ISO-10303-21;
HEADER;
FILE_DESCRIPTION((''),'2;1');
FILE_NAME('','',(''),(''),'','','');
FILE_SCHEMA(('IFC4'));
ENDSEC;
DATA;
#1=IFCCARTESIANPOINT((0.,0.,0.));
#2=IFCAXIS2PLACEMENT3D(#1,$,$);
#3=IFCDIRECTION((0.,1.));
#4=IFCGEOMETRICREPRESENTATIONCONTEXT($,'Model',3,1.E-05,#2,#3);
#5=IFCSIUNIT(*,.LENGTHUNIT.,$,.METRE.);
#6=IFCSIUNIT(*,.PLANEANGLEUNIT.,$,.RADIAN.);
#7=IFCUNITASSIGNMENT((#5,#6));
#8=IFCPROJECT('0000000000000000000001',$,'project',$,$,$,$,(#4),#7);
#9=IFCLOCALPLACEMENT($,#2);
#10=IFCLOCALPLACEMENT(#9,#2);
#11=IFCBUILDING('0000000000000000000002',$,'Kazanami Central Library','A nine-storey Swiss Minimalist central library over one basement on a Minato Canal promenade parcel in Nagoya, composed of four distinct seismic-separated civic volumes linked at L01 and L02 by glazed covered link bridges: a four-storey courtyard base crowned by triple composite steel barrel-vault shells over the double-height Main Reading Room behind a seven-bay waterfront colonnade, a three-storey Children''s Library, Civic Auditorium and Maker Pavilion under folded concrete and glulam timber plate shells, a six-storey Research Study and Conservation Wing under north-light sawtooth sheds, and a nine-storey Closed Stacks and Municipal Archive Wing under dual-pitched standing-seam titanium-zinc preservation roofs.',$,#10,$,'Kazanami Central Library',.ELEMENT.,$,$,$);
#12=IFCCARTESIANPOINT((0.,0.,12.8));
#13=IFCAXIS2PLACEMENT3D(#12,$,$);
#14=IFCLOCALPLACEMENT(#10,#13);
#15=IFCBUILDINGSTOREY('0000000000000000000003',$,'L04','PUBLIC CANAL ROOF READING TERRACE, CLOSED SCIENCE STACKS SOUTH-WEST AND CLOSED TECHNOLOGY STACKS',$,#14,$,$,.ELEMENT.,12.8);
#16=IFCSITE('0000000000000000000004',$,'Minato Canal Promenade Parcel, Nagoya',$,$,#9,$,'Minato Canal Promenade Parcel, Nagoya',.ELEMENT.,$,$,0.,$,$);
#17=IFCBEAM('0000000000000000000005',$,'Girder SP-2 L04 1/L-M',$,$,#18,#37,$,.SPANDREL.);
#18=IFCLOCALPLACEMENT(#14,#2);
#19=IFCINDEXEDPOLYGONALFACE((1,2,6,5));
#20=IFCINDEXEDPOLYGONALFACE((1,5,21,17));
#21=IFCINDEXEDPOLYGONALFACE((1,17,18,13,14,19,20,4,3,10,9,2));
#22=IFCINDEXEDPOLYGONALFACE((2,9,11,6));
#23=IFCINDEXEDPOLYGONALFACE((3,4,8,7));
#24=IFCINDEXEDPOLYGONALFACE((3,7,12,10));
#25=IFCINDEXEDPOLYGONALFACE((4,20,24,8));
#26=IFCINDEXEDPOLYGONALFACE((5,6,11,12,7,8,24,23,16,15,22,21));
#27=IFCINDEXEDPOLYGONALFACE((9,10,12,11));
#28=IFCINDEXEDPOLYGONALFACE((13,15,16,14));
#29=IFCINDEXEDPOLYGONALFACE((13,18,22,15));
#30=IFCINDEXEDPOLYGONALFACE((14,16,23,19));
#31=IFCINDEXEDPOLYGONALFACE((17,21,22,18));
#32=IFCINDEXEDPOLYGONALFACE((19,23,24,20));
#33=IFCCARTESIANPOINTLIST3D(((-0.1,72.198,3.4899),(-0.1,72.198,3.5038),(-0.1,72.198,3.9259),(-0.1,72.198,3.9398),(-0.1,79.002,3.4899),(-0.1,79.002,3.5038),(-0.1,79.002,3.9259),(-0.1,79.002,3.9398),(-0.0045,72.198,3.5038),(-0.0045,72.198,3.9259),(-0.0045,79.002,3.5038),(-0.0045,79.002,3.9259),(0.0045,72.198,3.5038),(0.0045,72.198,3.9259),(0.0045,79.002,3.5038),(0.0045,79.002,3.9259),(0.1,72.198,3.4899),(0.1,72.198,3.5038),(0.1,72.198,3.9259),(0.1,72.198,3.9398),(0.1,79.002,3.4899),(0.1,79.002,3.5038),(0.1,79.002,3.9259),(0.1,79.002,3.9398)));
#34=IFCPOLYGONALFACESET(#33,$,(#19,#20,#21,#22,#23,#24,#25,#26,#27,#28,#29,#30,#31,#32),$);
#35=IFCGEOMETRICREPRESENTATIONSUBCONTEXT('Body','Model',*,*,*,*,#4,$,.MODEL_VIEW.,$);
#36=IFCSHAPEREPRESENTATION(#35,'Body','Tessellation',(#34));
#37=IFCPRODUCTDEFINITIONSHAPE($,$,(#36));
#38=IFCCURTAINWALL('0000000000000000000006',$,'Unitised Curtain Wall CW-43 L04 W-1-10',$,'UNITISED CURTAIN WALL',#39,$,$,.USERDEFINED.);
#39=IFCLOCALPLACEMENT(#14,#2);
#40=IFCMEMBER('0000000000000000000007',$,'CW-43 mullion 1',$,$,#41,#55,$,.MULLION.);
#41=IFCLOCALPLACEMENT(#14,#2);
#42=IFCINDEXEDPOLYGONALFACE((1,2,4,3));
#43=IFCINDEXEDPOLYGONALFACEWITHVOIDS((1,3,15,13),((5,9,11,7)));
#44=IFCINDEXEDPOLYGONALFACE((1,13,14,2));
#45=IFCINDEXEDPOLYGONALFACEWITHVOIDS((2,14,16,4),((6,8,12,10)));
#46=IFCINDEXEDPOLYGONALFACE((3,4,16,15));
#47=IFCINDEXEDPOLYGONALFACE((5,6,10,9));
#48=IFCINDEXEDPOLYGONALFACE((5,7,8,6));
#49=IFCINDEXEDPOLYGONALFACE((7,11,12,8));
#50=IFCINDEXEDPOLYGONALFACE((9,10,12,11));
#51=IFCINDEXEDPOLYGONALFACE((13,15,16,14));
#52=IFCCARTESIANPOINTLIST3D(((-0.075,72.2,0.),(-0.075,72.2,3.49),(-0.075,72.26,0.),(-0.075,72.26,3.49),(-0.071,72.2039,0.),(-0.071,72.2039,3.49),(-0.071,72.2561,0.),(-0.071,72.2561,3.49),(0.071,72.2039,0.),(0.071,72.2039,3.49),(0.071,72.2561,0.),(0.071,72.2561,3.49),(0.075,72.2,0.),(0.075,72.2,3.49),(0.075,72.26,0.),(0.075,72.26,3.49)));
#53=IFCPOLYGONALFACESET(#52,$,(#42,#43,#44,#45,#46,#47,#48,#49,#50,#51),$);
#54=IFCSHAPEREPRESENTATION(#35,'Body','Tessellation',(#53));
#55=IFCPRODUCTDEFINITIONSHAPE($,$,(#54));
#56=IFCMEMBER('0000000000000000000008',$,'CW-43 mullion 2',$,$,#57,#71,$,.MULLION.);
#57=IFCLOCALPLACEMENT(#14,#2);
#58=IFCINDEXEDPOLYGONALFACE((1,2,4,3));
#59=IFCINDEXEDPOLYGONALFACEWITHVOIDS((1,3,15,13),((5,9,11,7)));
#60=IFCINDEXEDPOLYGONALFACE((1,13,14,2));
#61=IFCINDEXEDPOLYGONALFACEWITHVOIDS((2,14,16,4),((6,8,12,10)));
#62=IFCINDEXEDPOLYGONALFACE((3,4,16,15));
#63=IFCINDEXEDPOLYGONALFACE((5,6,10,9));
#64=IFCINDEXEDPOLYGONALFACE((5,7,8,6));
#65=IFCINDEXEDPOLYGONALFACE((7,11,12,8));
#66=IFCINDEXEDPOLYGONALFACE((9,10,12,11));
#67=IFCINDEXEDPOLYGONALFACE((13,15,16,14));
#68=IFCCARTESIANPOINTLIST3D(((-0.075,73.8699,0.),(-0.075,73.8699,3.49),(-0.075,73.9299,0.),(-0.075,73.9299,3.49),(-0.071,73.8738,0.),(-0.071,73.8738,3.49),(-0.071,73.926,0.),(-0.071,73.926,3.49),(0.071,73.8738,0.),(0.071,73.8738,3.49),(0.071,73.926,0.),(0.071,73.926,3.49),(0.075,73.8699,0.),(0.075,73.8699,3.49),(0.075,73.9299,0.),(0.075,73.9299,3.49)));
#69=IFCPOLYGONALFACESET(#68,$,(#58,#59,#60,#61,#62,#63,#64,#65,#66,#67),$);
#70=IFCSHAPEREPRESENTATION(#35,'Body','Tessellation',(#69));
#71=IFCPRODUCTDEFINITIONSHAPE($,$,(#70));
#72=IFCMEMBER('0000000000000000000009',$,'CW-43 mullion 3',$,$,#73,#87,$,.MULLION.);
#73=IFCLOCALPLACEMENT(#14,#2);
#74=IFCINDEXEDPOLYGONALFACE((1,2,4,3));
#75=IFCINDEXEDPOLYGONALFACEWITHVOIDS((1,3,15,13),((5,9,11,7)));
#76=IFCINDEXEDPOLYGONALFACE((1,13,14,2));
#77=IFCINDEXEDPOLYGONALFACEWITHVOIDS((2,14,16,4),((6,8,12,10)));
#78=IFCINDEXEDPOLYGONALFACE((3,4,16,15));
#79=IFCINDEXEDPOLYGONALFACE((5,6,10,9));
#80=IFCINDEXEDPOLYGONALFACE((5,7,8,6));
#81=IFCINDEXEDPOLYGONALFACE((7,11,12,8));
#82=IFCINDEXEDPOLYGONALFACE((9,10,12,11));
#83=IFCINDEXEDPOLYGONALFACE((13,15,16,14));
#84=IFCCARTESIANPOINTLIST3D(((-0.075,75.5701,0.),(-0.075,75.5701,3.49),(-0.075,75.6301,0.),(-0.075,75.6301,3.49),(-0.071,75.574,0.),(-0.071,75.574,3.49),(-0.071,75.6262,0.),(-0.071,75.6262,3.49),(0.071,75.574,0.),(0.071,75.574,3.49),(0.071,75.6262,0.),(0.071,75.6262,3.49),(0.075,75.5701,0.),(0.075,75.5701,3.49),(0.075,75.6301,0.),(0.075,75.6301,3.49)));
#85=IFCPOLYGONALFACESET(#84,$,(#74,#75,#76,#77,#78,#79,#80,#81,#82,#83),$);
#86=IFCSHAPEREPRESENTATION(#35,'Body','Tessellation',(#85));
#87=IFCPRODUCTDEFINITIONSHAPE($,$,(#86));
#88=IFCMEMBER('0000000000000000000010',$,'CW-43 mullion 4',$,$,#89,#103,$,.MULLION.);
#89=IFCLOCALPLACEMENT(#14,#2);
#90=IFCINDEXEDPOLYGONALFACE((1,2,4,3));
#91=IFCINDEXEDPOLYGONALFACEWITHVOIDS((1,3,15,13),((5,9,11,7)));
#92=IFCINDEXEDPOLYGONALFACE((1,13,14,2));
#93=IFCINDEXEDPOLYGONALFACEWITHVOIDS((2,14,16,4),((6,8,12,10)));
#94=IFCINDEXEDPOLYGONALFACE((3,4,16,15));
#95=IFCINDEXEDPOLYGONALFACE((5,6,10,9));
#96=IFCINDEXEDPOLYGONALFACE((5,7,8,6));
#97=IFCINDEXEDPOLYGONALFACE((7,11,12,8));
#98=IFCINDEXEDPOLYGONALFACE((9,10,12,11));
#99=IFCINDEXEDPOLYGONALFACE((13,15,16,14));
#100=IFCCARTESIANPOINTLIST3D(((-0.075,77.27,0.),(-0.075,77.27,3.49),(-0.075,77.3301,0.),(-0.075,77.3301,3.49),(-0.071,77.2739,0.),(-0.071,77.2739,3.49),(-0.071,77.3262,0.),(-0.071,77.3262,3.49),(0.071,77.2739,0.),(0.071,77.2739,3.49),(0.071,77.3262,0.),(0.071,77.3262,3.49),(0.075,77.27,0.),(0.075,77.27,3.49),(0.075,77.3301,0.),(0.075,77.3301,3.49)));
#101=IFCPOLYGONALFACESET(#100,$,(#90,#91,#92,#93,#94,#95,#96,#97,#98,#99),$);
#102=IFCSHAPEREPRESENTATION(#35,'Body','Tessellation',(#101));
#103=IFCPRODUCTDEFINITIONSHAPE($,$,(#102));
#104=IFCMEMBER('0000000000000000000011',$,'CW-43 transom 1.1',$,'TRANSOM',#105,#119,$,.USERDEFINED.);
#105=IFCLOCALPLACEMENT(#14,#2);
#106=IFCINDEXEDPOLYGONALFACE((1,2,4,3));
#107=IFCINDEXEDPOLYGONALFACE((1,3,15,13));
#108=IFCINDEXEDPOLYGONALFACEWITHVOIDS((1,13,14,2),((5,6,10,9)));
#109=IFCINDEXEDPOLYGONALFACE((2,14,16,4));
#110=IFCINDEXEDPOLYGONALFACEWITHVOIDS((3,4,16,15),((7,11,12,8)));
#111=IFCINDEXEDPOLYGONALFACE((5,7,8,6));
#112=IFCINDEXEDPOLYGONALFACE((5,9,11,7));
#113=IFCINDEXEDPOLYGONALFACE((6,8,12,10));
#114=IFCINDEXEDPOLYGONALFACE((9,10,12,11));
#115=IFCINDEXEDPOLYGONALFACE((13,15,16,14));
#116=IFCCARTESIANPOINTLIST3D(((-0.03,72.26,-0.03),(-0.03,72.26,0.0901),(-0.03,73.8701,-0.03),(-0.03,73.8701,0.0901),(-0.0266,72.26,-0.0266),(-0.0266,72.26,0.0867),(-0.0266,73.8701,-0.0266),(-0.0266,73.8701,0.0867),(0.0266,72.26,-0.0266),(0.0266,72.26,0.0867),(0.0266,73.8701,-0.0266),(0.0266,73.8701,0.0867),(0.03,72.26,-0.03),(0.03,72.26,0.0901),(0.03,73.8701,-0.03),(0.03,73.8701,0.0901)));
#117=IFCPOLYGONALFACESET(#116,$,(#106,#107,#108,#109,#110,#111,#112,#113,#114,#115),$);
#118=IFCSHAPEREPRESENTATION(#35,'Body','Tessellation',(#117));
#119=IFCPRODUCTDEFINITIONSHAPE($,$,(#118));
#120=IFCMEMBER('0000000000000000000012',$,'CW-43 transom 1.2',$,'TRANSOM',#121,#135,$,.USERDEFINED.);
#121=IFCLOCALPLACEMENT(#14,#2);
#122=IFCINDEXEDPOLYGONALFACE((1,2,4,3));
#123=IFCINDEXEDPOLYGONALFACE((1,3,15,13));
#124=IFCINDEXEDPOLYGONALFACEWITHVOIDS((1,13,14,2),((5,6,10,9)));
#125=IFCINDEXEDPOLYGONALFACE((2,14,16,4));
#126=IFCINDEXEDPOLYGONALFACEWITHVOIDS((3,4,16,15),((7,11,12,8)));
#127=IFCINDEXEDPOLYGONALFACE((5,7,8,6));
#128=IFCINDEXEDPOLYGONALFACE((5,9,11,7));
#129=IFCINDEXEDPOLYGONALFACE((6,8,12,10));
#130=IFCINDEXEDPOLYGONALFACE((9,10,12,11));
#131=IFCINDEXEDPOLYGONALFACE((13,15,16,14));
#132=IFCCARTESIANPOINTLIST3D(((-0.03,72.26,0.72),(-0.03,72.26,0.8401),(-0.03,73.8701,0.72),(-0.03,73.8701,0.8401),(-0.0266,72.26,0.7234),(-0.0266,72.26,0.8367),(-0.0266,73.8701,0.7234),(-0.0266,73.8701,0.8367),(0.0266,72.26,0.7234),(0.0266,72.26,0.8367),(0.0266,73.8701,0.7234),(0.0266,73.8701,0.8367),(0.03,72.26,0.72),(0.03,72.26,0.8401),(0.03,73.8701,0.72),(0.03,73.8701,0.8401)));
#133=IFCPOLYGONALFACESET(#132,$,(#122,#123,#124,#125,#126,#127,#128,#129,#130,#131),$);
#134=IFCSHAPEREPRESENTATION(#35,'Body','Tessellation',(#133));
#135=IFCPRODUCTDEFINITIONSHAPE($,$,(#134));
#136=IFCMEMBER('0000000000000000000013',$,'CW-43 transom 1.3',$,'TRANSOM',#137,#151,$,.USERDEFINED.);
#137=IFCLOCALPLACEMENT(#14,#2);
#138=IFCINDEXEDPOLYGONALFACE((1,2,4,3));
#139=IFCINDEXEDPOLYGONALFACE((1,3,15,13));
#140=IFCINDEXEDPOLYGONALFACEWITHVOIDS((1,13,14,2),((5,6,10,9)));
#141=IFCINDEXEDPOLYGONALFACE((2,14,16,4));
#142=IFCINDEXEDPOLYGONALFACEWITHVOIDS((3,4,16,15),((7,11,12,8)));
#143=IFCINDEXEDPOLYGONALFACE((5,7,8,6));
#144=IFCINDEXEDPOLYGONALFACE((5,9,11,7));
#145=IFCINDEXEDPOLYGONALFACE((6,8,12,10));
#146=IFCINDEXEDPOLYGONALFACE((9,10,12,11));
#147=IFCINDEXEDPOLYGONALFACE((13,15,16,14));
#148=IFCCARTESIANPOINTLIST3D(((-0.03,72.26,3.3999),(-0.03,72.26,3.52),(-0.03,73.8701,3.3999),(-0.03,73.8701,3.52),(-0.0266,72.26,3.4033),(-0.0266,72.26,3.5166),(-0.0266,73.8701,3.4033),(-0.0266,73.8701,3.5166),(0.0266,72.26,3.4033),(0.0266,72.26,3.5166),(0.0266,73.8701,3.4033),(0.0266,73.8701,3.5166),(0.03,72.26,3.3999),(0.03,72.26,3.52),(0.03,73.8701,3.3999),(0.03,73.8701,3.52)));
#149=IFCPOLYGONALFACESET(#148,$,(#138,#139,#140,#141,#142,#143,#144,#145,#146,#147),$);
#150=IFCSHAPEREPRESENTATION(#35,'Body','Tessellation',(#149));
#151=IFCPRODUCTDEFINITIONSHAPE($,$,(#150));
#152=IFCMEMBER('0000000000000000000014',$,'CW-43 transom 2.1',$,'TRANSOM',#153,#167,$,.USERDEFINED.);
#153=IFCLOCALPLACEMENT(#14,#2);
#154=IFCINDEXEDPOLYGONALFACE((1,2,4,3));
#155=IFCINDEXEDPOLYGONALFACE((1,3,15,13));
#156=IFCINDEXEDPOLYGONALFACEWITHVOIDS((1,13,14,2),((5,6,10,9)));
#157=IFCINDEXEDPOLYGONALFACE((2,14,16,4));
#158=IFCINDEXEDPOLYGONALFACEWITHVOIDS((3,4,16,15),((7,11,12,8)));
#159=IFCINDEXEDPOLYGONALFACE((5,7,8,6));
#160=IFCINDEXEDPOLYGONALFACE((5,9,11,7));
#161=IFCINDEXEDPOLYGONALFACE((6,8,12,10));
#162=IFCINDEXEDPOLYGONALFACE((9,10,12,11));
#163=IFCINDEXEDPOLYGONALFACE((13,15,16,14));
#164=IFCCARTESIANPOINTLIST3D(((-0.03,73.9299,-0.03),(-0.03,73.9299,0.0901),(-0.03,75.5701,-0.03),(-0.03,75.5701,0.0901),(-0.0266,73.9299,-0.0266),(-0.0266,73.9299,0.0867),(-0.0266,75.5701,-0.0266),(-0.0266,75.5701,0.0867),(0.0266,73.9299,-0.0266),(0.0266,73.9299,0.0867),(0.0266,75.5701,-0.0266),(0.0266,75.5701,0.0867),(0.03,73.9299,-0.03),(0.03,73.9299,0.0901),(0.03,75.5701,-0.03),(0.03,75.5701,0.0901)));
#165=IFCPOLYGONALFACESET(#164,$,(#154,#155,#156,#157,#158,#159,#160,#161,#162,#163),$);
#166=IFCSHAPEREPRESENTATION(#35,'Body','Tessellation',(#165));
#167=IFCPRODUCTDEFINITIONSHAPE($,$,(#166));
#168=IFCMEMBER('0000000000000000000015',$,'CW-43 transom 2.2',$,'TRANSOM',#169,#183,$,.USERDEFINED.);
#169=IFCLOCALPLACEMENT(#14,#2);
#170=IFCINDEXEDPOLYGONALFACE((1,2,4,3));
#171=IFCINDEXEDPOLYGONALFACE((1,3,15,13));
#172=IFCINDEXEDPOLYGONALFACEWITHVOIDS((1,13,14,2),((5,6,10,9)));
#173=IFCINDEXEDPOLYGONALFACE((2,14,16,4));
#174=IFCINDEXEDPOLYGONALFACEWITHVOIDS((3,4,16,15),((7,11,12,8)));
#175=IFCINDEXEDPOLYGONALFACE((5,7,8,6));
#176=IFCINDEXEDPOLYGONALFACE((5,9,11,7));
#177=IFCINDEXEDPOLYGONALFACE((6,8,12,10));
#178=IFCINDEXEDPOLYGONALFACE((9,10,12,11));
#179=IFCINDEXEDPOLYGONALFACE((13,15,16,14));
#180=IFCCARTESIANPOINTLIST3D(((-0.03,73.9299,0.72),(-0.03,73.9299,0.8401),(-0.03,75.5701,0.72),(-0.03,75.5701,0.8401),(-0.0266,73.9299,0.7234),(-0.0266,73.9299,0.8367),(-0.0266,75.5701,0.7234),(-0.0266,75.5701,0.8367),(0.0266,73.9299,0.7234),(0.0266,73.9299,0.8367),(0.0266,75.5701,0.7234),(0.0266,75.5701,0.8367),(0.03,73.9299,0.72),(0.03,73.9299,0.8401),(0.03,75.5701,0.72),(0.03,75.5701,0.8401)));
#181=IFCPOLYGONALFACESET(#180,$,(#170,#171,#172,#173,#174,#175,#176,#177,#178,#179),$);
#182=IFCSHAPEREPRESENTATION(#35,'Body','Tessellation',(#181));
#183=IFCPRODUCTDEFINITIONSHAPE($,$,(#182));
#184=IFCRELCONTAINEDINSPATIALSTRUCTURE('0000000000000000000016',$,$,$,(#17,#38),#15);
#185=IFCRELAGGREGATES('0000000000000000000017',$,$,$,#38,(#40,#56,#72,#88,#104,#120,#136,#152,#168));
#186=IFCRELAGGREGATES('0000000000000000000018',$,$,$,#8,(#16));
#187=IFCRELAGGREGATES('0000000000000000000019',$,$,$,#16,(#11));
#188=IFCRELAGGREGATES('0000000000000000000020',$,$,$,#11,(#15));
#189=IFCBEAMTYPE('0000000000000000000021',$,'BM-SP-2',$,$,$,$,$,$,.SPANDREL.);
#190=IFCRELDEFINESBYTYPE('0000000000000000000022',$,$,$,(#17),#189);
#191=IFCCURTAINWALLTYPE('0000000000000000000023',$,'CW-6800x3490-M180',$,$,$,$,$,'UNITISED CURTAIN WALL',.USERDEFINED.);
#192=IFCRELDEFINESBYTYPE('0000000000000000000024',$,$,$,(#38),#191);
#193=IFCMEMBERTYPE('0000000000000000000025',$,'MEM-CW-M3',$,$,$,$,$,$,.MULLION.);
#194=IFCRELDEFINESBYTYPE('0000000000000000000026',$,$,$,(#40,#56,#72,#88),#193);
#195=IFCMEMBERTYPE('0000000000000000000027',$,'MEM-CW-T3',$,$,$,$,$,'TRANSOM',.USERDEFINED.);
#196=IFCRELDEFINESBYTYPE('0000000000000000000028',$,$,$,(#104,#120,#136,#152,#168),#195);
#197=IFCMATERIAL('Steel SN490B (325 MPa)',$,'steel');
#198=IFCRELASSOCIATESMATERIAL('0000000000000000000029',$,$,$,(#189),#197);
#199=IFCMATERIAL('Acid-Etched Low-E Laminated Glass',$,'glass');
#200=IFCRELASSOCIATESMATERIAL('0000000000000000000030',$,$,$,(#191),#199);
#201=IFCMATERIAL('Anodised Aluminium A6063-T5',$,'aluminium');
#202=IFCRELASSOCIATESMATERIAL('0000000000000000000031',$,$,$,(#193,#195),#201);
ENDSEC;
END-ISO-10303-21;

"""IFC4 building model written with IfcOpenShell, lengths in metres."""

from ifc_helpers import new_model, si_unit, direction, frame, origin, origin_2d, place, context, subcontext, project, spatial, hollow_rectangle, i_section, extrude, material, material_profile, profile_set, type_object, element, aggregate, save


model = new_model("IFC4")

# Units and contexts
model_context = context("Model", 3, precision=1e-05, world=origin(), true_north=direction((0.0, 1.0)))
body_context = subcontext(model_context, "Body", "Model", "MODEL_VIEW")
ifc_project = project(units=[si_unit("LENGTHUNIT", "METRE"), si_unit("PLANEANGLEUNIT", "RADIAN")], contexts=[model_context])

# Site, building, storey
site_placement = place(None, origin())
site = spatial("IfcSite", under=ifc_project, at=site_placement, Name="Minato Canal Promenade Parcel, Nagoya", LongName="Minato Canal Promenade Parcel, Nagoya", CompositionType="ELEMENT", RefElevation=0.0)
building_placement = place(site_placement, origin())
building = spatial("IfcBuilding", under=site, at=building_placement, Name="Kazanami Central Library", Description="A nine-storey Swiss Minimalist central library over one basement on a Minato Canal promenade parcel in Nagoya, composed of four distinct seismic-separated civic volumes linked at L01 and L02 by glazed covered link bridges: a four-storey courtyard base crowned by triple composite steel barrel-vault shells over the double-height Main Reading Room behind a seven-bay waterfront colonnade, a three-storey Children's Library, Civic Auditorium and Maker Pavilion under folded concrete and glulam timber plate shells, a six-storey Research Study and Conservation Wing under north-light sawtooth sheds, and a nine-storey Closed Stacks and Municipal Archive Wing under dual-pitched standing-seam titanium-zinc preservation roofs.", LongName="Kazanami Central Library", CompositionType="ELEMENT")
storey_placement = place(building_placement, frame((0.0, 0.0, 12.8)))
storey = spatial("IfcBuildingStorey", under=building, at=storey_placement, Name="L04", Description="PUBLIC CANAL ROOF READING TERRACE, CLOSED SCIENCE STACKS SOUTH-WEST AND CLOSED TECHNOLOGY STACKS", CompositionType="ELEMENT", Elevation=12.8)

# Beam
ifc_material_1 = material(Name="Steel SN490B (325 MPa)", Category="steel")
ifc_material_profile_1 = material_profile(ifc_material_1, i_section(OverallWidth=0.2, OverallDepth=0.45, WebThickness=0.009, FlangeThickness=0.0139, at=origin_2d()), Name="H-450x200x9x14")
ifc_profile_set_1 = profile_set([ifc_material_profile_1], Name="Steel SN490B (325 MPa)")
beam_type = type_object("IfcBeamType", Name="BM-SP-2", PredefinedType="SPANDREL", material=ifc_profile_set_1)
beam_placement = place(storey_placement, frame((0.0, 72.198, 3.7148), z_axis=(0.0, 1.0, 0.0), x_axis=(-1.0, 0.0, 0.0)))
element("IfcBeam", 1, at=beam_placement, inside=storey, type_object=beam_type, Name="Girder SP-2 L04 1/L-M", PredefinedType="SPANDREL", context=body_context, shape_type="SweptSolid", body=[
    extrude(i_section(OverallWidth=0.2, OverallDepth=0.45, WebThickness=0.009, FlangeThickness=0.0139, at=origin_2d()), origin(), (0.0, 0.0, 1.0), 6.804),
])

# Curtain wall, members
ifc_material_2 = material(Name="Acid-Etched Low-E Laminated Glass", Category="glass")
curtain_wall_type = type_object("IfcCurtainWallType", Name="CW-6800x3490-M180", ElementType="UNITISED CURTAIN WALL", PredefinedType="USERDEFINED", material=ifc_material_2)
curtain_wall_placement = place(storey_placement, origin())
curtain_wall = element("IfcCurtainWall", 2, at=curtain_wall_placement, inside=storey, type_object=curtain_wall_type, Name="Unitised Curtain Wall CW-43 L04 W-1-10", ObjectType="UNITISED CURTAIN WALL", PredefinedType="USERDEFINED")
ifc_material_3 = material(Name="Anodised Aluminium A6063-T5", Category="aluminium")
ifc_material_profile_2 = material_profile(ifc_material_3, hollow_rectangle(XDim=0.0601, YDim=0.1499, WallThickness=0.0039, at=origin_2d()), Name="ALU-MULL-60x150x4")
ifc_profile_set_2 = profile_set([ifc_material_profile_2], Name="Anodised Aluminium A6063-T5")
member_type_1 = type_object("IfcMemberType", Name="MEM-CW-M3", PredefinedType="MULLION", material=ifc_profile_set_2)
member_1_placement = place(storey_placement, frame((0.0, 72.23, 0.0), z_axis=(0.0, 0.0, 1.0), x_axis=(0.0, 1.0, 0.0)))
member_1 = element("IfcMember", 3, at=member_1_placement, type_object=member_type_1, Name="CW-43 mullion 1", PredefinedType="MULLION", context=body_context, shape_type="SweptSolid", body=[
    extrude(hollow_rectangle(XDim=0.0601, YDim=0.1499, WallThickness=0.0039, at=origin_2d()), origin(), (0.0, 0.0, 1.0), 3.49),
])
member_2_placement = place(storey_placement, frame((0.0, 73.8999, 0.0), z_axis=(0.0, 0.0, 1.0), x_axis=(0.0, 1.0, 0.0)))
member_2 = element("IfcMember", 4, at=member_2_placement, type_object=member_type_1, Name="CW-43 mullion 2", PredefinedType="MULLION", context=body_context, shape_type="SweptSolid", body=[
    extrude(hollow_rectangle(XDim=0.0601, YDim=0.1499, WallThickness=0.0039, at=origin_2d()), origin(), (0.0, 0.0, 1.0), 3.49),
])
member_3_placement = place(storey_placement, frame((0.0, 75.6001, 0.0), z_axis=(0.0, 0.0, 1.0), x_axis=(0.0, 1.0, 0.0)))
member_3 = element("IfcMember", 5, at=member_3_placement, type_object=member_type_1, Name="CW-43 mullion 3", PredefinedType="MULLION", context=body_context, shape_type="SweptSolid", body=[
    extrude(hollow_rectangle(XDim=0.0601, YDim=0.1499, WallThickness=0.0039, at=origin_2d()), origin(), (0.0, 0.0, 1.0), 3.49),
])
member_4_placement = place(storey_placement, frame((0.0, 77.3, 0.0), z_axis=(0.0, 0.0, 1.0), x_axis=(0.0, 1.0, 0.0)))
member_4 = element("IfcMember", 6, at=member_4_placement, type_object=member_type_1, Name="CW-43 mullion 4", PredefinedType="MULLION", context=body_context, shape_type="SweptSolid", body=[
    extrude(hollow_rectangle(XDim=0.0601, YDim=0.1499, WallThickness=0.0039, at=origin_2d()), origin(), (0.0, 0.0, 1.0), 3.49),
])
ifc_material_profile_3 = material_profile(ifc_material_3, hollow_rectangle(XDim=0.0601, YDim=0.1201, WallThickness=0.0034, at=origin_2d()), Name="ALU-TRAN-60x120x3.5")
ifc_profile_set_3 = profile_set([ifc_material_profile_3], Name="Anodised Aluminium A6063-T5")
member_type_2 = type_object("IfcMemberType", Name="MEM-CW-T3", ElementType="TRANSOM", PredefinedType="USERDEFINED", material=ifc_profile_set_3)
member_5_placement = place(storey_placement, frame((0.0, 72.26, 0.03), z_axis=(0.0, 1.0, 0.0), x_axis=(-1.0, 0.0, 0.0)))
member_5 = element("IfcMember", 7, at=member_5_placement, type_object=member_type_2, Name="CW-43 transom 1.1", ObjectType="TRANSOM", PredefinedType="USERDEFINED", context=body_context, shape_type="SweptSolid", body=[
    extrude(hollow_rectangle(XDim=0.0601, YDim=0.1201, WallThickness=0.0034, at=origin_2d()), origin(), (0.0, 0.0, 1.0), 1.6101),
])
member_6_placement = place(storey_placement, frame((0.0, 72.26, 0.78), z_axis=(0.0, 1.0, 0.0), x_axis=(-1.0, 0.0, 0.0)))
member_6 = element("IfcMember", 8, at=member_6_placement, type_object=member_type_2, Name="CW-43 transom 1.2", ObjectType="TRANSOM", PredefinedType="USERDEFINED", context=body_context, shape_type="SweptSolid", body=[
    extrude(hollow_rectangle(XDim=0.0601, YDim=0.1201, WallThickness=0.0034, at=origin_2d()), origin(), (0.0, 0.0, 1.0), 1.6101),
])
member_7_placement = place(storey_placement, frame((0.0, 72.26, 3.46), z_axis=(0.0, 1.0, 0.0), x_axis=(-1.0, 0.0, 0.0)))
member_7 = element("IfcMember", 9, at=member_7_placement, type_object=member_type_2, Name="CW-43 transom 1.3", ObjectType="TRANSOM", PredefinedType="USERDEFINED", context=body_context, shape_type="SweptSolid", body=[
    extrude(hollow_rectangle(XDim=0.0601, YDim=0.1201, WallThickness=0.0034, at=origin_2d()), origin(), (0.0, 0.0, 1.0), 1.6101),
])
member_8_placement = place(storey_placement, frame((0.0, 73.9299, 0.03), z_axis=(0.0, 1.0, 0.0), x_axis=(-1.0, 0.0, 0.0)))
member_8 = element("IfcMember", 10, at=member_8_placement, type_object=member_type_2, Name="CW-43 transom 2.1", ObjectType="TRANSOM", PredefinedType="USERDEFINED", context=body_context, shape_type="SweptSolid", body=[
    extrude(hollow_rectangle(XDim=0.0601, YDim=0.1201, WallThickness=0.0034, at=origin_2d()), origin(), (0.0, 0.0, 1.0), 1.6401),
])
member_9_placement = place(storey_placement, frame((0.0, 73.9299, 0.78), z_axis=(0.0, 1.0, 0.0), x_axis=(-1.0, 0.0, 0.0)))
member_9 = element("IfcMember", 11, at=member_9_placement, type_object=member_type_2, Name="CW-43 transom 2.2", ObjectType="TRANSOM", PredefinedType="USERDEFINED", context=body_context, shape_type="SweptSolid", body=[
    extrude(hollow_rectangle(XDim=0.0601, YDim=0.1201, WallThickness=0.0034, at=origin_2d()), origin(), (0.0, 0.0, 1.0), 1.6401),
])
aggregate(curtain_wall, [member_1, member_2, member_3, member_4, member_5, member_6, member_7, member_8, member_9])

save(model, "model.ifc")
